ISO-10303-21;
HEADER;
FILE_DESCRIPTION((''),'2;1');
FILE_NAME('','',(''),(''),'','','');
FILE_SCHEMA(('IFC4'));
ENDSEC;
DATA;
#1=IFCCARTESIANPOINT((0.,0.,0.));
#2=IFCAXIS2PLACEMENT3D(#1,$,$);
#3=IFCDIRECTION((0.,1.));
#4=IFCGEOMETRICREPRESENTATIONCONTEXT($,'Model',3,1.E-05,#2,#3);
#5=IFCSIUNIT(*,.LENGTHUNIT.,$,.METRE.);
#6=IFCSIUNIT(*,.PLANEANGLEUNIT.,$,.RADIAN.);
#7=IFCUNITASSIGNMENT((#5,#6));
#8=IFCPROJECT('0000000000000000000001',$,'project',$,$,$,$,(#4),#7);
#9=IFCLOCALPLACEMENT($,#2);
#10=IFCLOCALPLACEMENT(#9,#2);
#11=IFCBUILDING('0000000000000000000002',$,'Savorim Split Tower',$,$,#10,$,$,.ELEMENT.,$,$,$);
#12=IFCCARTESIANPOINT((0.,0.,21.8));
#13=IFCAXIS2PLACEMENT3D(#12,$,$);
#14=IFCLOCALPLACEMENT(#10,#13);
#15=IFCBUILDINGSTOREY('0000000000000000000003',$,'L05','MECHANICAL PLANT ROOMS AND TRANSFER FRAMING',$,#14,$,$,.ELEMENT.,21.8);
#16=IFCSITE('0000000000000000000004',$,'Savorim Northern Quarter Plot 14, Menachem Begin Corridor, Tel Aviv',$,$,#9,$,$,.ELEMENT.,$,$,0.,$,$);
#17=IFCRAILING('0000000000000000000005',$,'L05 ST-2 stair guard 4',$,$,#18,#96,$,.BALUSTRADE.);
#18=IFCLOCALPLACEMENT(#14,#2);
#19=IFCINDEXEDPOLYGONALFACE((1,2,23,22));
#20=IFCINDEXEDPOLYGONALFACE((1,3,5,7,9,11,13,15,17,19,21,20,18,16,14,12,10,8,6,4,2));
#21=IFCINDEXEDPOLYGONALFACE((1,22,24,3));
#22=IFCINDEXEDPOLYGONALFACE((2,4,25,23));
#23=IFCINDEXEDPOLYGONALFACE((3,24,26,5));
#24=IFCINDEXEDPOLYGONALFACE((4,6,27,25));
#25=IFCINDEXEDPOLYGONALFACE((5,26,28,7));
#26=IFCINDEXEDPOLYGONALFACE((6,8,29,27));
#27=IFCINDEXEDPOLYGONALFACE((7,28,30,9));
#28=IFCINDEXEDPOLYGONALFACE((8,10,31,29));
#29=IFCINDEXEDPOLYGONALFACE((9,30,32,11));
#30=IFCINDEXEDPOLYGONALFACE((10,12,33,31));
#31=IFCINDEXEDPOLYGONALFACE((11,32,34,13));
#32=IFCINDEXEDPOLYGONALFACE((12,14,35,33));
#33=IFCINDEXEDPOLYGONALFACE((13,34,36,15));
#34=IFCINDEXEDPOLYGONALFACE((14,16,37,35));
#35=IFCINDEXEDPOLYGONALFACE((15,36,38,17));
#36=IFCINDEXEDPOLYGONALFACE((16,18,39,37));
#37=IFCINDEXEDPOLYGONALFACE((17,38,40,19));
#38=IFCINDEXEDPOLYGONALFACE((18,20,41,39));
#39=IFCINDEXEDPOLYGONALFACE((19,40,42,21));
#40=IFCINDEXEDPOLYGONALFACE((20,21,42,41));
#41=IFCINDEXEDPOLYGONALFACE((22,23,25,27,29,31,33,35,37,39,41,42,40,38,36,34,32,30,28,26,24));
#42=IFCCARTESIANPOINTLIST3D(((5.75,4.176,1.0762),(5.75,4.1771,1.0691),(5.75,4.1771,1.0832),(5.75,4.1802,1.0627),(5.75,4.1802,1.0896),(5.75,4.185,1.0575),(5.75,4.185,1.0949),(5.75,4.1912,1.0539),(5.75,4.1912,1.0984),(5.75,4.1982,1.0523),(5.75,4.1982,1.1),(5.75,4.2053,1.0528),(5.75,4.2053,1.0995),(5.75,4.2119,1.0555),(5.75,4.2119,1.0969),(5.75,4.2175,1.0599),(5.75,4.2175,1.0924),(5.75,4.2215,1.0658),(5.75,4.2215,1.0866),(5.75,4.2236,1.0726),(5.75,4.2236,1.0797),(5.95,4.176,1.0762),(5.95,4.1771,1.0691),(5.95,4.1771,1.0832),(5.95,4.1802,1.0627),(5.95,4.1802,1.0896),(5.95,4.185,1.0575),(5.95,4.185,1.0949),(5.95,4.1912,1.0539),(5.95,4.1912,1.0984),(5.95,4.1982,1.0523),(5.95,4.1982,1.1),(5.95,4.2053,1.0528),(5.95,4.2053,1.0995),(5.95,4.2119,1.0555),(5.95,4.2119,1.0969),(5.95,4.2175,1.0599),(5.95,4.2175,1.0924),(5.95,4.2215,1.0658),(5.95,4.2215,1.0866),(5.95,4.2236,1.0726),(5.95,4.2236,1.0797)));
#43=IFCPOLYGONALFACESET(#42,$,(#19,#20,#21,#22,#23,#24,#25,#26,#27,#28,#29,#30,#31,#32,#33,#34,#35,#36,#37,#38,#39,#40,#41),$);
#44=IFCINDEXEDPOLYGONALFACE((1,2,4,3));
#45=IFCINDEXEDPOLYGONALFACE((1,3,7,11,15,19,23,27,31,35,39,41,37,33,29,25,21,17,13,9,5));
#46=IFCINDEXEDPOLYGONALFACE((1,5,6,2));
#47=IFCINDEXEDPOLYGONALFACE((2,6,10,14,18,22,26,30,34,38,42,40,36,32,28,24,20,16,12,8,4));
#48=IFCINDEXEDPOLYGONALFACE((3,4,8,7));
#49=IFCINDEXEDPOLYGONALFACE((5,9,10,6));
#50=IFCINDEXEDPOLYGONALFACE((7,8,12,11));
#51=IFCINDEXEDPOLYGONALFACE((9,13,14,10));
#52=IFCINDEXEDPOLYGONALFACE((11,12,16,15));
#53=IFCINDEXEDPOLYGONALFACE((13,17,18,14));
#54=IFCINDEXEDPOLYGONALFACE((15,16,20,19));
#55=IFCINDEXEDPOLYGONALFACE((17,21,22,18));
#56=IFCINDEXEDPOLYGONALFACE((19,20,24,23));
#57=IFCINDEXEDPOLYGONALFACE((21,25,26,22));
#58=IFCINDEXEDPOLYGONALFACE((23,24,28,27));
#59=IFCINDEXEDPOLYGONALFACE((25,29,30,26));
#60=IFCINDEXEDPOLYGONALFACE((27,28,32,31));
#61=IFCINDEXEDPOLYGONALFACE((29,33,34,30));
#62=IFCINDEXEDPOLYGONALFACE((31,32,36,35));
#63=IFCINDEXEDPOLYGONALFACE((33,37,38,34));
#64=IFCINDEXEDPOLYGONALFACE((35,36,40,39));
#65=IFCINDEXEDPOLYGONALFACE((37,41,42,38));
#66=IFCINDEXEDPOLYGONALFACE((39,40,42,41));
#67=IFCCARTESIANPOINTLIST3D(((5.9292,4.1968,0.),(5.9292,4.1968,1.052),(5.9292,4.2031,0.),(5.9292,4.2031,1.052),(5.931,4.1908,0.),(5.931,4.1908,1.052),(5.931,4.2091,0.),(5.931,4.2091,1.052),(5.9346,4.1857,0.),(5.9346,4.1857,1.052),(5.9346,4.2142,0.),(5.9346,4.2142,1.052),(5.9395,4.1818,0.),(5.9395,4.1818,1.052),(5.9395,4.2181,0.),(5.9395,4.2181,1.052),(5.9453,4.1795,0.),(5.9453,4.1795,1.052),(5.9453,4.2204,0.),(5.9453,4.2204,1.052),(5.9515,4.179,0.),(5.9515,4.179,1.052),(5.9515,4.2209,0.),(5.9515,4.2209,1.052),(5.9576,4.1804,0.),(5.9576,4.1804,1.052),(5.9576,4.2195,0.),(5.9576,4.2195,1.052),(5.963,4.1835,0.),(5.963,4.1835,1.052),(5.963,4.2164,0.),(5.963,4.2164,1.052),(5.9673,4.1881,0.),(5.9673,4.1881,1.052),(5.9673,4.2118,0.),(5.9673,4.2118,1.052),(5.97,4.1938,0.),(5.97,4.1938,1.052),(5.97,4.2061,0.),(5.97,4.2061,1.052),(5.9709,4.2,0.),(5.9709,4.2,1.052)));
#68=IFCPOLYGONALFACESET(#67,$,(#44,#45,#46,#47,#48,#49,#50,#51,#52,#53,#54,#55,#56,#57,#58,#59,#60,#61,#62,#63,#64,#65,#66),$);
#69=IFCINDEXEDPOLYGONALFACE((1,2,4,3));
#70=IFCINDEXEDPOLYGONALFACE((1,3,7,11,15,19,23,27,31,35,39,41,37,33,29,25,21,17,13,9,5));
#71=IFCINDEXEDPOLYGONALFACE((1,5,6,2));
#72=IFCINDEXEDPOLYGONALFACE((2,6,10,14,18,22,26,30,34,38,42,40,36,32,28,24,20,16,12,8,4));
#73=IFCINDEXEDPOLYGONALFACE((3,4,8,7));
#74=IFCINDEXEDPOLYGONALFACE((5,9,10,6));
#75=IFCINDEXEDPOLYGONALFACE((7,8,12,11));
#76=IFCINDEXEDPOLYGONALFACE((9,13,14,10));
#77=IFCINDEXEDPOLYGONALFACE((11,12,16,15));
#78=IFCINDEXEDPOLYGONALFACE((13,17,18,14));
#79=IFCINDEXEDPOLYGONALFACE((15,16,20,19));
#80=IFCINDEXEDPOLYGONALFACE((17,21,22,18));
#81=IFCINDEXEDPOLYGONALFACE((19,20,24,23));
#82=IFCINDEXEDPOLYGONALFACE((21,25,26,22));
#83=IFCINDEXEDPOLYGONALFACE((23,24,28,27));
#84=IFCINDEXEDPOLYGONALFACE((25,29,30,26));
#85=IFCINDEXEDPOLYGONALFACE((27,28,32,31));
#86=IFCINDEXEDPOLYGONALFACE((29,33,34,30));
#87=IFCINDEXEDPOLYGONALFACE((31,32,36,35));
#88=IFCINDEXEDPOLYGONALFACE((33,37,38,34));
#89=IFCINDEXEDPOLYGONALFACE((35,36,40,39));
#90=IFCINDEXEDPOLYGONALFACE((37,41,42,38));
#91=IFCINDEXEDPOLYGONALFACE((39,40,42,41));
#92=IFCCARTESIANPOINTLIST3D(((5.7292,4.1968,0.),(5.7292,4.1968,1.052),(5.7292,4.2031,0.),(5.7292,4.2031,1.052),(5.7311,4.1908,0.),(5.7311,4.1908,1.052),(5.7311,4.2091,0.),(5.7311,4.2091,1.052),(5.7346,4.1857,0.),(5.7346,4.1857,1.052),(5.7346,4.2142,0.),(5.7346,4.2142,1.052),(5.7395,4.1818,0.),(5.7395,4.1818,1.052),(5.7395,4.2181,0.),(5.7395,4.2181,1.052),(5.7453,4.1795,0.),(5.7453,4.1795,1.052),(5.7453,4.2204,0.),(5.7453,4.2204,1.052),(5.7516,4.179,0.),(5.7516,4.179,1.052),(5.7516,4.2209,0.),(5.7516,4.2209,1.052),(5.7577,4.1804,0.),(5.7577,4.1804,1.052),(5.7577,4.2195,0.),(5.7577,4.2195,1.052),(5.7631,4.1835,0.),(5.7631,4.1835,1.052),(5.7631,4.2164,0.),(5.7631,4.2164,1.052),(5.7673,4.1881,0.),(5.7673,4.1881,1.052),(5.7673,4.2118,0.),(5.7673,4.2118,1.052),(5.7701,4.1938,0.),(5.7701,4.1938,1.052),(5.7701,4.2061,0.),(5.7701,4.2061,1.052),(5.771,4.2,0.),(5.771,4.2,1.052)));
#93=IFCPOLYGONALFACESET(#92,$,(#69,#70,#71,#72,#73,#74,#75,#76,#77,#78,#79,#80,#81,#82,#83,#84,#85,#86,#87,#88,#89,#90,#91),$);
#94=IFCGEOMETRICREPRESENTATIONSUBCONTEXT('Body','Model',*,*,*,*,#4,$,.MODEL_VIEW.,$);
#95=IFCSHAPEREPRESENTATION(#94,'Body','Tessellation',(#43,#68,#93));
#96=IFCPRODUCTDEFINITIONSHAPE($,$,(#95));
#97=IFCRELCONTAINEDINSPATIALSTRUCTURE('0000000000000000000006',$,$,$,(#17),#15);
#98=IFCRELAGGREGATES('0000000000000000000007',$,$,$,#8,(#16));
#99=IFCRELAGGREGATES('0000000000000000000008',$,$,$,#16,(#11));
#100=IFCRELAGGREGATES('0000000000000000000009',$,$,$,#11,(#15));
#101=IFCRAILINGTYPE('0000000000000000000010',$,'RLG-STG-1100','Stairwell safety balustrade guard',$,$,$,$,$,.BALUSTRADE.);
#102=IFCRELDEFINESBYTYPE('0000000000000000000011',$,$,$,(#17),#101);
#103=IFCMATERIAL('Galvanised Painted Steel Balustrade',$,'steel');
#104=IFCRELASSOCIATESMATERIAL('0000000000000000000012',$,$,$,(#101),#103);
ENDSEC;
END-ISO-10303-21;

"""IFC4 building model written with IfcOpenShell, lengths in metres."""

from ifc_helpers import new_model, si_unit, direction, frame, origin, origin_2d, place, context, subcontext, project, spatial, circle, extrude, material, type_object, element, save


model = new_model("IFC4")

# Units and contexts
model_context = context("Model", 3, precision=1e-05, world=origin(), true_north=direction((0.0, 1.0)))
body_context = subcontext(model_context, "Body", "Model", "MODEL_VIEW")
ifc_project = project(units=[si_unit("LENGTHUNIT", "METRE"), si_unit("PLANEANGLEUNIT", "RADIAN")], contexts=[model_context])

# Site, building, storey
site_placement = place(None, origin())
site = spatial("IfcSite", under=ifc_project, at=site_placement, Name="Savorim Northern Quarter Plot 14, Menachem Begin Corridor, Tel Aviv", CompositionType="ELEMENT", RefElevation=0.0)
building_placement = place(site_placement, origin())
building = spatial("IfcBuilding", under=site, at=building_placement, Name="Savorim Split Tower", CompositionType="ELEMENT")
storey_placement = place(building_placement, frame((0.0, 0.0, 21.8)))
storey = spatial("IfcBuildingStorey", under=building, at=storey_placement, Name="L05", Description="MECHANICAL PLANT ROOMS AND TRANSFER FRAMING", CompositionType="ELEMENT", Elevation=21.8)

# Railing
ifc_material_1 = material(Name="Galvanised Painted Steel Balustrade", Category="steel")
railing_type_1 = type_object("IfcRailingType", Name="RLG-STG-1100", Description="Stairwell safety balustrade guard", PredefinedType="BALUSTRADE", material=ifc_material_1)
railing_1_placement = place(storey_placement, frame((5.95, 4.2, 0.0)))
element("IfcRailing", 1, at=railing_1_placement, inside=storey, type_object=railing_type_1, Name="L05 ST-2 stair guard 4", PredefinedType="BALUSTRADE", context=body_context, shape_type="SweptSolid", body=[
    extrude(circle(Radius=0.0239, at=origin_2d()), frame((0.0, 0.0, 1.0762), z_axis=(-1.0, 0.0, 0.0), x_axis=(0.0, -1.0, 0.0)), (0.0, 0.0, 1.0), 0.2),
    extrude(circle(Radius=0.021, at=origin_2d()), origin(), (0.0, 0.0, 1.0), 1.052),
    extrude(circle(Radius=0.021, at=origin_2d()), frame((-0.2, 0.0, 0.0)), (0.0, 0.0, 1.0), 1.052),
])

save(model, "model.ifc")
